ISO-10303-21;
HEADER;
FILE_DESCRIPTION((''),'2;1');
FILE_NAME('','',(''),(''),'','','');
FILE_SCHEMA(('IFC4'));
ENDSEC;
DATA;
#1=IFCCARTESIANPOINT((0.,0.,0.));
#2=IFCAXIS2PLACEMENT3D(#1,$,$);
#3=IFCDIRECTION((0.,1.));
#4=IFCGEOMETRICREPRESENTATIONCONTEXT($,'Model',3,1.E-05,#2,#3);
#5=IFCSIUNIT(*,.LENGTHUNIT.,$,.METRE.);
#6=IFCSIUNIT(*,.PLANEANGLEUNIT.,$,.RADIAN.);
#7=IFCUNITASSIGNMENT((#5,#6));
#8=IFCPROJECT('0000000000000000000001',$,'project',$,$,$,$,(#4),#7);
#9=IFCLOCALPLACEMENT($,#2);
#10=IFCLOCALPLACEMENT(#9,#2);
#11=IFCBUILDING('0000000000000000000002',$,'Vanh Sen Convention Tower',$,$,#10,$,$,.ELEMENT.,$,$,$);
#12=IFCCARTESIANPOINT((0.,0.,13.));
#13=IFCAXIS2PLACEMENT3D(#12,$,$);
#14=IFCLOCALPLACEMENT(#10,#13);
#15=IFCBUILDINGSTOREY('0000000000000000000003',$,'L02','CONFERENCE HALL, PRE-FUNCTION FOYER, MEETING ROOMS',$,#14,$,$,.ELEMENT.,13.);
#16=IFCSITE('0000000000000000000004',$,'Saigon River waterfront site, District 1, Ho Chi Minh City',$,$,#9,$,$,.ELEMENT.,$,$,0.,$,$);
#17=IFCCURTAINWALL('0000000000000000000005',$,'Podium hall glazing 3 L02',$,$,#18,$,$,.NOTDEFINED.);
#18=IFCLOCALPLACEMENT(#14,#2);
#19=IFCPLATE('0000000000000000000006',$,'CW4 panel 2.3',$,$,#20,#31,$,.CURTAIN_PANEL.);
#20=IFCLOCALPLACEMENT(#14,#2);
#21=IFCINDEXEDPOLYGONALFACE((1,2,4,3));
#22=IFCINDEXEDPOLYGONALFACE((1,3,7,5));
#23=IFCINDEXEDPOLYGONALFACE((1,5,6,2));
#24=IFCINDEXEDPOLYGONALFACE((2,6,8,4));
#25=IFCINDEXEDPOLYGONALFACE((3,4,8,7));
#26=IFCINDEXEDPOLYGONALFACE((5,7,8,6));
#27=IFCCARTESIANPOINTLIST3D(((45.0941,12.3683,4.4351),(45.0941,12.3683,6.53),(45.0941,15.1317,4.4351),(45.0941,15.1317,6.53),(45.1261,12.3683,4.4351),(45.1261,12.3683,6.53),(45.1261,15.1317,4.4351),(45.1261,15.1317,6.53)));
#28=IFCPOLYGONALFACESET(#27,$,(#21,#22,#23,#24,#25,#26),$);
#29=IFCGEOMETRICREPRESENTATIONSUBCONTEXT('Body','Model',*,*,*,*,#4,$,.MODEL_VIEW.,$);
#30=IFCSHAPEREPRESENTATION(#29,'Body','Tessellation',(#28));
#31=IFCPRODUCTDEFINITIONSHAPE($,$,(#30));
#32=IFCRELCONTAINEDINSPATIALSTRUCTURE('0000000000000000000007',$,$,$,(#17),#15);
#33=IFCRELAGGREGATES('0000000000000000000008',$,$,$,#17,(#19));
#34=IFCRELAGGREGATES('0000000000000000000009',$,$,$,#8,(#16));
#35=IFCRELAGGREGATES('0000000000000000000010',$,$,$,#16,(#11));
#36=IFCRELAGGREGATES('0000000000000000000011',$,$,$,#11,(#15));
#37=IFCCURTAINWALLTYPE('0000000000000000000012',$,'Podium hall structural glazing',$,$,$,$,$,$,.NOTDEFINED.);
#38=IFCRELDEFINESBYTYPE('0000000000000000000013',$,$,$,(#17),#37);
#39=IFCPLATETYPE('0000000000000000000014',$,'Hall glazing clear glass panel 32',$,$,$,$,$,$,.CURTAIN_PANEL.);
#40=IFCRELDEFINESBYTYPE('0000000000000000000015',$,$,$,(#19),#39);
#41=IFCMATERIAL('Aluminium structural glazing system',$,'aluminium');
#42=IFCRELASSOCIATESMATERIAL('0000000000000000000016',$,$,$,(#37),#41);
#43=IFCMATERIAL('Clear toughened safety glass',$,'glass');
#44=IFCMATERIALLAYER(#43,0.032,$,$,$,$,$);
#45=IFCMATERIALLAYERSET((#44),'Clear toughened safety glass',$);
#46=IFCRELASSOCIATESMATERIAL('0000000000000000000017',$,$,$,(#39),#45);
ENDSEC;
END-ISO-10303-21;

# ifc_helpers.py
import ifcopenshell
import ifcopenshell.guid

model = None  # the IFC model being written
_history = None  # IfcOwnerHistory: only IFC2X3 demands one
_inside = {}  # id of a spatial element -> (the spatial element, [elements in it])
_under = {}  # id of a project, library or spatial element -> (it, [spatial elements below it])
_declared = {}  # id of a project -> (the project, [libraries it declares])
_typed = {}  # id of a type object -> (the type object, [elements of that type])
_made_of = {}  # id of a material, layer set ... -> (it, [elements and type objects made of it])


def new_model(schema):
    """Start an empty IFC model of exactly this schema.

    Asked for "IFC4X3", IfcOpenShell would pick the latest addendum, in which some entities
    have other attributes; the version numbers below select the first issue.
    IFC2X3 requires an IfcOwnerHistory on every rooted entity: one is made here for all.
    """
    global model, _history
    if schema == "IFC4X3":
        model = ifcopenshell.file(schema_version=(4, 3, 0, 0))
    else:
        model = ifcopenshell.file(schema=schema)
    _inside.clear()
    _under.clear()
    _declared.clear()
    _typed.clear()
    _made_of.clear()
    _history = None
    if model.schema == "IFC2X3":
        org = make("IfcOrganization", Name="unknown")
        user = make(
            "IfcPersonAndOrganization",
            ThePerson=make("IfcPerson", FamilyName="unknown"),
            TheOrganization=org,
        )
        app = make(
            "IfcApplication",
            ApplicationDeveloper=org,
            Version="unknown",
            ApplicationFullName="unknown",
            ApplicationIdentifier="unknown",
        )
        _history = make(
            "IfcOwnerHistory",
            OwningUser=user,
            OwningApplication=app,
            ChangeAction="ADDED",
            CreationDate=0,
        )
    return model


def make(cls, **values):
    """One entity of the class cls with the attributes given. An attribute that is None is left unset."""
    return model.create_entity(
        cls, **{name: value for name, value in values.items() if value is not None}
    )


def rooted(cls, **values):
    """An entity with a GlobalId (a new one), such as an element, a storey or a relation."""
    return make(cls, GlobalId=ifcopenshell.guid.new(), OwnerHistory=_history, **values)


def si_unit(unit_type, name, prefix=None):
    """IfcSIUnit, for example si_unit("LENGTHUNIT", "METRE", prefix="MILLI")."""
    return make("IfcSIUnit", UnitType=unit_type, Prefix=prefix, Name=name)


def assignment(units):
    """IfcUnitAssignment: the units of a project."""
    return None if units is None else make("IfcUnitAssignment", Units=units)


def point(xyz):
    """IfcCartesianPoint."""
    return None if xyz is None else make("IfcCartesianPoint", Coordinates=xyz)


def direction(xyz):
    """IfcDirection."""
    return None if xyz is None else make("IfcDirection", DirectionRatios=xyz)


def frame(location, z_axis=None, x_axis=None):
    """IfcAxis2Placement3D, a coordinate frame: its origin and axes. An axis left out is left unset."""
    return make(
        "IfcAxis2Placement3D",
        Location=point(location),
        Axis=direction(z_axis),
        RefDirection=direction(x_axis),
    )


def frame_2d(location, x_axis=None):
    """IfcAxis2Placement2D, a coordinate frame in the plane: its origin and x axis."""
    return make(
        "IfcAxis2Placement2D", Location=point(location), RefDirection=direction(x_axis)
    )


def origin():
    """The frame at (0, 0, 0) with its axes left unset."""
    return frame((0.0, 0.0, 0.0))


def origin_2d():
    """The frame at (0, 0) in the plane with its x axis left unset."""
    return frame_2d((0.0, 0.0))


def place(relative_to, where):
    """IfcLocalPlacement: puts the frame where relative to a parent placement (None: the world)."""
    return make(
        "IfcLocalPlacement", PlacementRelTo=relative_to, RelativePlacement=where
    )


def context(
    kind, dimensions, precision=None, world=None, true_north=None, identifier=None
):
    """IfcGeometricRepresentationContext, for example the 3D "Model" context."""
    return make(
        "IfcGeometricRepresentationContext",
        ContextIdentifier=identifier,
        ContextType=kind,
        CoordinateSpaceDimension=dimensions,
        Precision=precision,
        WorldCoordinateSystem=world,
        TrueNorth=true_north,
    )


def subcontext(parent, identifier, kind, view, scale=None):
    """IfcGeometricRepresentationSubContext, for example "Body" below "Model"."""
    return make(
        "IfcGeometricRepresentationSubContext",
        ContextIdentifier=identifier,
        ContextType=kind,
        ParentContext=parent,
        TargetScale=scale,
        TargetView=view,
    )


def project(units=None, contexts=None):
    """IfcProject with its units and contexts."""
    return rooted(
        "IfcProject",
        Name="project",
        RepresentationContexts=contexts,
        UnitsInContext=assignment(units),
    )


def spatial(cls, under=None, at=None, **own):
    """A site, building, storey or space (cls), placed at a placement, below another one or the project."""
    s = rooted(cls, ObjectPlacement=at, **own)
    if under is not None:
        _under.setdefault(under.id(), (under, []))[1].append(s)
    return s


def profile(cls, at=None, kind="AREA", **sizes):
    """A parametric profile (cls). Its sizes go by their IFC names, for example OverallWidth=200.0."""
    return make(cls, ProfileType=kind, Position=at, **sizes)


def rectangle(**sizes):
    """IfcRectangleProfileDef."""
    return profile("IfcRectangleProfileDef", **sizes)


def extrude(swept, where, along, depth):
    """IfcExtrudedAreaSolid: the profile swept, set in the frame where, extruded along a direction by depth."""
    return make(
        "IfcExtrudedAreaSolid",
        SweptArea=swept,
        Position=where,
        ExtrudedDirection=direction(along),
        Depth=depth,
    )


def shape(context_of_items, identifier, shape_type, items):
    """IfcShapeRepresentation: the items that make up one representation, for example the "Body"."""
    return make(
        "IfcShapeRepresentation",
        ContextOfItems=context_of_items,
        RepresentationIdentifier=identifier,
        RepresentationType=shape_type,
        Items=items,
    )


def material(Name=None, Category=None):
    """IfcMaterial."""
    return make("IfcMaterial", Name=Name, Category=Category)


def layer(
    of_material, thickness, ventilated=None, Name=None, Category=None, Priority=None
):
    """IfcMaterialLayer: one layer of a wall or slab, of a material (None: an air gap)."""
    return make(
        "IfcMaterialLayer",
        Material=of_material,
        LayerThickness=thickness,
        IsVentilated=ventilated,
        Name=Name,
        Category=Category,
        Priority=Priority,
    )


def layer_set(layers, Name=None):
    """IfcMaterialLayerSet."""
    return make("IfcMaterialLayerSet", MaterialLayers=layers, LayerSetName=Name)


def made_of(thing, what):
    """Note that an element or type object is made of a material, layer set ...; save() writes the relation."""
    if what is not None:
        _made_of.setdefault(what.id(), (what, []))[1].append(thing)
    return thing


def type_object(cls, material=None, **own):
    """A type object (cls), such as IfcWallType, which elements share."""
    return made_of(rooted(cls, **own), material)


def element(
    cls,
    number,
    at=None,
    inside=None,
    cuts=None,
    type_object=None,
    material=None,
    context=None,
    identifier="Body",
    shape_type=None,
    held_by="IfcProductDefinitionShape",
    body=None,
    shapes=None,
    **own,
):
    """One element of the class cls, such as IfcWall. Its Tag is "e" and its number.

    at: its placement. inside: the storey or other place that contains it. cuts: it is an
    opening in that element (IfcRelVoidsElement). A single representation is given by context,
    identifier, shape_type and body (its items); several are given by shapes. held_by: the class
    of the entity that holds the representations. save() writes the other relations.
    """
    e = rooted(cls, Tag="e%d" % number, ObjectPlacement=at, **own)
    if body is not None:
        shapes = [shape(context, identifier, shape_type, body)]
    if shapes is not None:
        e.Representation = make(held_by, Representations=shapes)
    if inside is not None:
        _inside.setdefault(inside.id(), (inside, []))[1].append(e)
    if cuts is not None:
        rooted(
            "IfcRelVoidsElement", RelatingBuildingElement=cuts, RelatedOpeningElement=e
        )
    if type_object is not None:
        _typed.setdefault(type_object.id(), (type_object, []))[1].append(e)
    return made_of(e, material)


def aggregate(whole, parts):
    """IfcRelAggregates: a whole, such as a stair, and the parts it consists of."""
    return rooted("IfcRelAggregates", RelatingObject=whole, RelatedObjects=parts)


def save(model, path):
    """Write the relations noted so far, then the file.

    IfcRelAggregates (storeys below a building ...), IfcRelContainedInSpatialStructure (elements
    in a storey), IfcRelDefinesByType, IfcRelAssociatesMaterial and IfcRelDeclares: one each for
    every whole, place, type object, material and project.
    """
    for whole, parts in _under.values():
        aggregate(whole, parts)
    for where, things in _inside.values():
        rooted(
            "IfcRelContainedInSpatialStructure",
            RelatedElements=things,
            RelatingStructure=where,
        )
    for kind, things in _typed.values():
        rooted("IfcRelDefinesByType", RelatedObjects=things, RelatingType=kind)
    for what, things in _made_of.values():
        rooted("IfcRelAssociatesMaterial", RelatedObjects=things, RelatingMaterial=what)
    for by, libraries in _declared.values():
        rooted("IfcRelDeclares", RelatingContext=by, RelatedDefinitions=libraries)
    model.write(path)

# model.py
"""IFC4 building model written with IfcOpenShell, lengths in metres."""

from ifc_helpers import new_model, si_unit, direction, frame, origin, origin_2d, place, context, subcontext, project, spatial, rectangle, extrude, material, layer, layer_set, type_object, element, aggregate, save


model = new_model("IFC4")

# Units and contexts
model_context = context("Model", 3, precision=1e-05, world=origin(), true_north=direction((0.0, 1.0)))
body_context = subcontext(model_context, "Body", "Model", "MODEL_VIEW")
ifc_project = project(units=[si_unit("LENGTHUNIT", "METRE"), si_unit("PLANEANGLEUNIT", "RADIAN")], contexts=[model_context])

# Site, building, storey
site_placement = place(None, origin())
site = spatial("IfcSite", under=ifc_project, at=site_placement, Name="Saigon River waterfront site, District 1, Ho Chi Minh City", CompositionType="ELEMENT", RefElevation=0.0)
building_placement = place(site_placement, origin())
building = spatial("IfcBuilding", under=site, at=building_placement, Name="Vanh Sen Convention Tower", CompositionType="ELEMENT")
storey_placement = place(building_placement, frame((0.0, 0.0, 13.0)))
storey = spatial("IfcBuildingStorey", under=building, at=storey_placement, Name="L02", Description="CONFERENCE HALL, PRE-FUNCTION FOYER, MEETING ROOMS", CompositionType="ELEMENT", Elevation=13.0)

# Curtain wall
ifc_material_1 = material(Name="Aluminium structural glazing system", Category="aluminium")
curtain_wall_type = type_object("IfcCurtainWallType", Name="Podium hall structural glazing", PredefinedType="NOTDEFINED", material=ifc_material_1)
curtain_wall_1_placement = place(storey_placement, origin())
curtain_wall_1 = element("IfcCurtainWall", 1, at=curtain_wall_1_placement, inside=storey, type_object=curtain_wall_type, Name="Podium hall glazing 3 L02", PredefinedType="NOTDEFINED")

# Plate
ifc_material_2 = material(Name="Clear toughened safety glass", Category="glass")
ifc_layer = layer(ifc_material_2, 0.032)
ifc_layer_set = layer_set([ifc_layer], Name="Clear toughened safety glass")
plate_type = type_object("IfcPlateType", Name="Hall glazing clear glass panel 32", PredefinedType="CURTAIN_PANEL", material=ifc_layer_set)
plate_1_placement = place(storey_placement, frame((45.1101, 13.75, 4.4351), z_axis=(0.0, 0.0, 1.0), x_axis=(0.0, 1.0, 0.0)))
plate_1 = element("IfcPlate", 2, at=plate_1_placement, type_object=plate_type, Name="CW4 panel 2.3", PredefinedType="CURTAIN_PANEL", context=body_context, shape_type="SweptSolid", body=[
    extrude(rectangle(XDim=2.7634, YDim=0.032, at=origin_2d()), origin(), (0.0, 0.0, 1.0), 2.095),
])
aggregate(curtain_wall_1, [plate_1])

save(model, "model.ifc")
